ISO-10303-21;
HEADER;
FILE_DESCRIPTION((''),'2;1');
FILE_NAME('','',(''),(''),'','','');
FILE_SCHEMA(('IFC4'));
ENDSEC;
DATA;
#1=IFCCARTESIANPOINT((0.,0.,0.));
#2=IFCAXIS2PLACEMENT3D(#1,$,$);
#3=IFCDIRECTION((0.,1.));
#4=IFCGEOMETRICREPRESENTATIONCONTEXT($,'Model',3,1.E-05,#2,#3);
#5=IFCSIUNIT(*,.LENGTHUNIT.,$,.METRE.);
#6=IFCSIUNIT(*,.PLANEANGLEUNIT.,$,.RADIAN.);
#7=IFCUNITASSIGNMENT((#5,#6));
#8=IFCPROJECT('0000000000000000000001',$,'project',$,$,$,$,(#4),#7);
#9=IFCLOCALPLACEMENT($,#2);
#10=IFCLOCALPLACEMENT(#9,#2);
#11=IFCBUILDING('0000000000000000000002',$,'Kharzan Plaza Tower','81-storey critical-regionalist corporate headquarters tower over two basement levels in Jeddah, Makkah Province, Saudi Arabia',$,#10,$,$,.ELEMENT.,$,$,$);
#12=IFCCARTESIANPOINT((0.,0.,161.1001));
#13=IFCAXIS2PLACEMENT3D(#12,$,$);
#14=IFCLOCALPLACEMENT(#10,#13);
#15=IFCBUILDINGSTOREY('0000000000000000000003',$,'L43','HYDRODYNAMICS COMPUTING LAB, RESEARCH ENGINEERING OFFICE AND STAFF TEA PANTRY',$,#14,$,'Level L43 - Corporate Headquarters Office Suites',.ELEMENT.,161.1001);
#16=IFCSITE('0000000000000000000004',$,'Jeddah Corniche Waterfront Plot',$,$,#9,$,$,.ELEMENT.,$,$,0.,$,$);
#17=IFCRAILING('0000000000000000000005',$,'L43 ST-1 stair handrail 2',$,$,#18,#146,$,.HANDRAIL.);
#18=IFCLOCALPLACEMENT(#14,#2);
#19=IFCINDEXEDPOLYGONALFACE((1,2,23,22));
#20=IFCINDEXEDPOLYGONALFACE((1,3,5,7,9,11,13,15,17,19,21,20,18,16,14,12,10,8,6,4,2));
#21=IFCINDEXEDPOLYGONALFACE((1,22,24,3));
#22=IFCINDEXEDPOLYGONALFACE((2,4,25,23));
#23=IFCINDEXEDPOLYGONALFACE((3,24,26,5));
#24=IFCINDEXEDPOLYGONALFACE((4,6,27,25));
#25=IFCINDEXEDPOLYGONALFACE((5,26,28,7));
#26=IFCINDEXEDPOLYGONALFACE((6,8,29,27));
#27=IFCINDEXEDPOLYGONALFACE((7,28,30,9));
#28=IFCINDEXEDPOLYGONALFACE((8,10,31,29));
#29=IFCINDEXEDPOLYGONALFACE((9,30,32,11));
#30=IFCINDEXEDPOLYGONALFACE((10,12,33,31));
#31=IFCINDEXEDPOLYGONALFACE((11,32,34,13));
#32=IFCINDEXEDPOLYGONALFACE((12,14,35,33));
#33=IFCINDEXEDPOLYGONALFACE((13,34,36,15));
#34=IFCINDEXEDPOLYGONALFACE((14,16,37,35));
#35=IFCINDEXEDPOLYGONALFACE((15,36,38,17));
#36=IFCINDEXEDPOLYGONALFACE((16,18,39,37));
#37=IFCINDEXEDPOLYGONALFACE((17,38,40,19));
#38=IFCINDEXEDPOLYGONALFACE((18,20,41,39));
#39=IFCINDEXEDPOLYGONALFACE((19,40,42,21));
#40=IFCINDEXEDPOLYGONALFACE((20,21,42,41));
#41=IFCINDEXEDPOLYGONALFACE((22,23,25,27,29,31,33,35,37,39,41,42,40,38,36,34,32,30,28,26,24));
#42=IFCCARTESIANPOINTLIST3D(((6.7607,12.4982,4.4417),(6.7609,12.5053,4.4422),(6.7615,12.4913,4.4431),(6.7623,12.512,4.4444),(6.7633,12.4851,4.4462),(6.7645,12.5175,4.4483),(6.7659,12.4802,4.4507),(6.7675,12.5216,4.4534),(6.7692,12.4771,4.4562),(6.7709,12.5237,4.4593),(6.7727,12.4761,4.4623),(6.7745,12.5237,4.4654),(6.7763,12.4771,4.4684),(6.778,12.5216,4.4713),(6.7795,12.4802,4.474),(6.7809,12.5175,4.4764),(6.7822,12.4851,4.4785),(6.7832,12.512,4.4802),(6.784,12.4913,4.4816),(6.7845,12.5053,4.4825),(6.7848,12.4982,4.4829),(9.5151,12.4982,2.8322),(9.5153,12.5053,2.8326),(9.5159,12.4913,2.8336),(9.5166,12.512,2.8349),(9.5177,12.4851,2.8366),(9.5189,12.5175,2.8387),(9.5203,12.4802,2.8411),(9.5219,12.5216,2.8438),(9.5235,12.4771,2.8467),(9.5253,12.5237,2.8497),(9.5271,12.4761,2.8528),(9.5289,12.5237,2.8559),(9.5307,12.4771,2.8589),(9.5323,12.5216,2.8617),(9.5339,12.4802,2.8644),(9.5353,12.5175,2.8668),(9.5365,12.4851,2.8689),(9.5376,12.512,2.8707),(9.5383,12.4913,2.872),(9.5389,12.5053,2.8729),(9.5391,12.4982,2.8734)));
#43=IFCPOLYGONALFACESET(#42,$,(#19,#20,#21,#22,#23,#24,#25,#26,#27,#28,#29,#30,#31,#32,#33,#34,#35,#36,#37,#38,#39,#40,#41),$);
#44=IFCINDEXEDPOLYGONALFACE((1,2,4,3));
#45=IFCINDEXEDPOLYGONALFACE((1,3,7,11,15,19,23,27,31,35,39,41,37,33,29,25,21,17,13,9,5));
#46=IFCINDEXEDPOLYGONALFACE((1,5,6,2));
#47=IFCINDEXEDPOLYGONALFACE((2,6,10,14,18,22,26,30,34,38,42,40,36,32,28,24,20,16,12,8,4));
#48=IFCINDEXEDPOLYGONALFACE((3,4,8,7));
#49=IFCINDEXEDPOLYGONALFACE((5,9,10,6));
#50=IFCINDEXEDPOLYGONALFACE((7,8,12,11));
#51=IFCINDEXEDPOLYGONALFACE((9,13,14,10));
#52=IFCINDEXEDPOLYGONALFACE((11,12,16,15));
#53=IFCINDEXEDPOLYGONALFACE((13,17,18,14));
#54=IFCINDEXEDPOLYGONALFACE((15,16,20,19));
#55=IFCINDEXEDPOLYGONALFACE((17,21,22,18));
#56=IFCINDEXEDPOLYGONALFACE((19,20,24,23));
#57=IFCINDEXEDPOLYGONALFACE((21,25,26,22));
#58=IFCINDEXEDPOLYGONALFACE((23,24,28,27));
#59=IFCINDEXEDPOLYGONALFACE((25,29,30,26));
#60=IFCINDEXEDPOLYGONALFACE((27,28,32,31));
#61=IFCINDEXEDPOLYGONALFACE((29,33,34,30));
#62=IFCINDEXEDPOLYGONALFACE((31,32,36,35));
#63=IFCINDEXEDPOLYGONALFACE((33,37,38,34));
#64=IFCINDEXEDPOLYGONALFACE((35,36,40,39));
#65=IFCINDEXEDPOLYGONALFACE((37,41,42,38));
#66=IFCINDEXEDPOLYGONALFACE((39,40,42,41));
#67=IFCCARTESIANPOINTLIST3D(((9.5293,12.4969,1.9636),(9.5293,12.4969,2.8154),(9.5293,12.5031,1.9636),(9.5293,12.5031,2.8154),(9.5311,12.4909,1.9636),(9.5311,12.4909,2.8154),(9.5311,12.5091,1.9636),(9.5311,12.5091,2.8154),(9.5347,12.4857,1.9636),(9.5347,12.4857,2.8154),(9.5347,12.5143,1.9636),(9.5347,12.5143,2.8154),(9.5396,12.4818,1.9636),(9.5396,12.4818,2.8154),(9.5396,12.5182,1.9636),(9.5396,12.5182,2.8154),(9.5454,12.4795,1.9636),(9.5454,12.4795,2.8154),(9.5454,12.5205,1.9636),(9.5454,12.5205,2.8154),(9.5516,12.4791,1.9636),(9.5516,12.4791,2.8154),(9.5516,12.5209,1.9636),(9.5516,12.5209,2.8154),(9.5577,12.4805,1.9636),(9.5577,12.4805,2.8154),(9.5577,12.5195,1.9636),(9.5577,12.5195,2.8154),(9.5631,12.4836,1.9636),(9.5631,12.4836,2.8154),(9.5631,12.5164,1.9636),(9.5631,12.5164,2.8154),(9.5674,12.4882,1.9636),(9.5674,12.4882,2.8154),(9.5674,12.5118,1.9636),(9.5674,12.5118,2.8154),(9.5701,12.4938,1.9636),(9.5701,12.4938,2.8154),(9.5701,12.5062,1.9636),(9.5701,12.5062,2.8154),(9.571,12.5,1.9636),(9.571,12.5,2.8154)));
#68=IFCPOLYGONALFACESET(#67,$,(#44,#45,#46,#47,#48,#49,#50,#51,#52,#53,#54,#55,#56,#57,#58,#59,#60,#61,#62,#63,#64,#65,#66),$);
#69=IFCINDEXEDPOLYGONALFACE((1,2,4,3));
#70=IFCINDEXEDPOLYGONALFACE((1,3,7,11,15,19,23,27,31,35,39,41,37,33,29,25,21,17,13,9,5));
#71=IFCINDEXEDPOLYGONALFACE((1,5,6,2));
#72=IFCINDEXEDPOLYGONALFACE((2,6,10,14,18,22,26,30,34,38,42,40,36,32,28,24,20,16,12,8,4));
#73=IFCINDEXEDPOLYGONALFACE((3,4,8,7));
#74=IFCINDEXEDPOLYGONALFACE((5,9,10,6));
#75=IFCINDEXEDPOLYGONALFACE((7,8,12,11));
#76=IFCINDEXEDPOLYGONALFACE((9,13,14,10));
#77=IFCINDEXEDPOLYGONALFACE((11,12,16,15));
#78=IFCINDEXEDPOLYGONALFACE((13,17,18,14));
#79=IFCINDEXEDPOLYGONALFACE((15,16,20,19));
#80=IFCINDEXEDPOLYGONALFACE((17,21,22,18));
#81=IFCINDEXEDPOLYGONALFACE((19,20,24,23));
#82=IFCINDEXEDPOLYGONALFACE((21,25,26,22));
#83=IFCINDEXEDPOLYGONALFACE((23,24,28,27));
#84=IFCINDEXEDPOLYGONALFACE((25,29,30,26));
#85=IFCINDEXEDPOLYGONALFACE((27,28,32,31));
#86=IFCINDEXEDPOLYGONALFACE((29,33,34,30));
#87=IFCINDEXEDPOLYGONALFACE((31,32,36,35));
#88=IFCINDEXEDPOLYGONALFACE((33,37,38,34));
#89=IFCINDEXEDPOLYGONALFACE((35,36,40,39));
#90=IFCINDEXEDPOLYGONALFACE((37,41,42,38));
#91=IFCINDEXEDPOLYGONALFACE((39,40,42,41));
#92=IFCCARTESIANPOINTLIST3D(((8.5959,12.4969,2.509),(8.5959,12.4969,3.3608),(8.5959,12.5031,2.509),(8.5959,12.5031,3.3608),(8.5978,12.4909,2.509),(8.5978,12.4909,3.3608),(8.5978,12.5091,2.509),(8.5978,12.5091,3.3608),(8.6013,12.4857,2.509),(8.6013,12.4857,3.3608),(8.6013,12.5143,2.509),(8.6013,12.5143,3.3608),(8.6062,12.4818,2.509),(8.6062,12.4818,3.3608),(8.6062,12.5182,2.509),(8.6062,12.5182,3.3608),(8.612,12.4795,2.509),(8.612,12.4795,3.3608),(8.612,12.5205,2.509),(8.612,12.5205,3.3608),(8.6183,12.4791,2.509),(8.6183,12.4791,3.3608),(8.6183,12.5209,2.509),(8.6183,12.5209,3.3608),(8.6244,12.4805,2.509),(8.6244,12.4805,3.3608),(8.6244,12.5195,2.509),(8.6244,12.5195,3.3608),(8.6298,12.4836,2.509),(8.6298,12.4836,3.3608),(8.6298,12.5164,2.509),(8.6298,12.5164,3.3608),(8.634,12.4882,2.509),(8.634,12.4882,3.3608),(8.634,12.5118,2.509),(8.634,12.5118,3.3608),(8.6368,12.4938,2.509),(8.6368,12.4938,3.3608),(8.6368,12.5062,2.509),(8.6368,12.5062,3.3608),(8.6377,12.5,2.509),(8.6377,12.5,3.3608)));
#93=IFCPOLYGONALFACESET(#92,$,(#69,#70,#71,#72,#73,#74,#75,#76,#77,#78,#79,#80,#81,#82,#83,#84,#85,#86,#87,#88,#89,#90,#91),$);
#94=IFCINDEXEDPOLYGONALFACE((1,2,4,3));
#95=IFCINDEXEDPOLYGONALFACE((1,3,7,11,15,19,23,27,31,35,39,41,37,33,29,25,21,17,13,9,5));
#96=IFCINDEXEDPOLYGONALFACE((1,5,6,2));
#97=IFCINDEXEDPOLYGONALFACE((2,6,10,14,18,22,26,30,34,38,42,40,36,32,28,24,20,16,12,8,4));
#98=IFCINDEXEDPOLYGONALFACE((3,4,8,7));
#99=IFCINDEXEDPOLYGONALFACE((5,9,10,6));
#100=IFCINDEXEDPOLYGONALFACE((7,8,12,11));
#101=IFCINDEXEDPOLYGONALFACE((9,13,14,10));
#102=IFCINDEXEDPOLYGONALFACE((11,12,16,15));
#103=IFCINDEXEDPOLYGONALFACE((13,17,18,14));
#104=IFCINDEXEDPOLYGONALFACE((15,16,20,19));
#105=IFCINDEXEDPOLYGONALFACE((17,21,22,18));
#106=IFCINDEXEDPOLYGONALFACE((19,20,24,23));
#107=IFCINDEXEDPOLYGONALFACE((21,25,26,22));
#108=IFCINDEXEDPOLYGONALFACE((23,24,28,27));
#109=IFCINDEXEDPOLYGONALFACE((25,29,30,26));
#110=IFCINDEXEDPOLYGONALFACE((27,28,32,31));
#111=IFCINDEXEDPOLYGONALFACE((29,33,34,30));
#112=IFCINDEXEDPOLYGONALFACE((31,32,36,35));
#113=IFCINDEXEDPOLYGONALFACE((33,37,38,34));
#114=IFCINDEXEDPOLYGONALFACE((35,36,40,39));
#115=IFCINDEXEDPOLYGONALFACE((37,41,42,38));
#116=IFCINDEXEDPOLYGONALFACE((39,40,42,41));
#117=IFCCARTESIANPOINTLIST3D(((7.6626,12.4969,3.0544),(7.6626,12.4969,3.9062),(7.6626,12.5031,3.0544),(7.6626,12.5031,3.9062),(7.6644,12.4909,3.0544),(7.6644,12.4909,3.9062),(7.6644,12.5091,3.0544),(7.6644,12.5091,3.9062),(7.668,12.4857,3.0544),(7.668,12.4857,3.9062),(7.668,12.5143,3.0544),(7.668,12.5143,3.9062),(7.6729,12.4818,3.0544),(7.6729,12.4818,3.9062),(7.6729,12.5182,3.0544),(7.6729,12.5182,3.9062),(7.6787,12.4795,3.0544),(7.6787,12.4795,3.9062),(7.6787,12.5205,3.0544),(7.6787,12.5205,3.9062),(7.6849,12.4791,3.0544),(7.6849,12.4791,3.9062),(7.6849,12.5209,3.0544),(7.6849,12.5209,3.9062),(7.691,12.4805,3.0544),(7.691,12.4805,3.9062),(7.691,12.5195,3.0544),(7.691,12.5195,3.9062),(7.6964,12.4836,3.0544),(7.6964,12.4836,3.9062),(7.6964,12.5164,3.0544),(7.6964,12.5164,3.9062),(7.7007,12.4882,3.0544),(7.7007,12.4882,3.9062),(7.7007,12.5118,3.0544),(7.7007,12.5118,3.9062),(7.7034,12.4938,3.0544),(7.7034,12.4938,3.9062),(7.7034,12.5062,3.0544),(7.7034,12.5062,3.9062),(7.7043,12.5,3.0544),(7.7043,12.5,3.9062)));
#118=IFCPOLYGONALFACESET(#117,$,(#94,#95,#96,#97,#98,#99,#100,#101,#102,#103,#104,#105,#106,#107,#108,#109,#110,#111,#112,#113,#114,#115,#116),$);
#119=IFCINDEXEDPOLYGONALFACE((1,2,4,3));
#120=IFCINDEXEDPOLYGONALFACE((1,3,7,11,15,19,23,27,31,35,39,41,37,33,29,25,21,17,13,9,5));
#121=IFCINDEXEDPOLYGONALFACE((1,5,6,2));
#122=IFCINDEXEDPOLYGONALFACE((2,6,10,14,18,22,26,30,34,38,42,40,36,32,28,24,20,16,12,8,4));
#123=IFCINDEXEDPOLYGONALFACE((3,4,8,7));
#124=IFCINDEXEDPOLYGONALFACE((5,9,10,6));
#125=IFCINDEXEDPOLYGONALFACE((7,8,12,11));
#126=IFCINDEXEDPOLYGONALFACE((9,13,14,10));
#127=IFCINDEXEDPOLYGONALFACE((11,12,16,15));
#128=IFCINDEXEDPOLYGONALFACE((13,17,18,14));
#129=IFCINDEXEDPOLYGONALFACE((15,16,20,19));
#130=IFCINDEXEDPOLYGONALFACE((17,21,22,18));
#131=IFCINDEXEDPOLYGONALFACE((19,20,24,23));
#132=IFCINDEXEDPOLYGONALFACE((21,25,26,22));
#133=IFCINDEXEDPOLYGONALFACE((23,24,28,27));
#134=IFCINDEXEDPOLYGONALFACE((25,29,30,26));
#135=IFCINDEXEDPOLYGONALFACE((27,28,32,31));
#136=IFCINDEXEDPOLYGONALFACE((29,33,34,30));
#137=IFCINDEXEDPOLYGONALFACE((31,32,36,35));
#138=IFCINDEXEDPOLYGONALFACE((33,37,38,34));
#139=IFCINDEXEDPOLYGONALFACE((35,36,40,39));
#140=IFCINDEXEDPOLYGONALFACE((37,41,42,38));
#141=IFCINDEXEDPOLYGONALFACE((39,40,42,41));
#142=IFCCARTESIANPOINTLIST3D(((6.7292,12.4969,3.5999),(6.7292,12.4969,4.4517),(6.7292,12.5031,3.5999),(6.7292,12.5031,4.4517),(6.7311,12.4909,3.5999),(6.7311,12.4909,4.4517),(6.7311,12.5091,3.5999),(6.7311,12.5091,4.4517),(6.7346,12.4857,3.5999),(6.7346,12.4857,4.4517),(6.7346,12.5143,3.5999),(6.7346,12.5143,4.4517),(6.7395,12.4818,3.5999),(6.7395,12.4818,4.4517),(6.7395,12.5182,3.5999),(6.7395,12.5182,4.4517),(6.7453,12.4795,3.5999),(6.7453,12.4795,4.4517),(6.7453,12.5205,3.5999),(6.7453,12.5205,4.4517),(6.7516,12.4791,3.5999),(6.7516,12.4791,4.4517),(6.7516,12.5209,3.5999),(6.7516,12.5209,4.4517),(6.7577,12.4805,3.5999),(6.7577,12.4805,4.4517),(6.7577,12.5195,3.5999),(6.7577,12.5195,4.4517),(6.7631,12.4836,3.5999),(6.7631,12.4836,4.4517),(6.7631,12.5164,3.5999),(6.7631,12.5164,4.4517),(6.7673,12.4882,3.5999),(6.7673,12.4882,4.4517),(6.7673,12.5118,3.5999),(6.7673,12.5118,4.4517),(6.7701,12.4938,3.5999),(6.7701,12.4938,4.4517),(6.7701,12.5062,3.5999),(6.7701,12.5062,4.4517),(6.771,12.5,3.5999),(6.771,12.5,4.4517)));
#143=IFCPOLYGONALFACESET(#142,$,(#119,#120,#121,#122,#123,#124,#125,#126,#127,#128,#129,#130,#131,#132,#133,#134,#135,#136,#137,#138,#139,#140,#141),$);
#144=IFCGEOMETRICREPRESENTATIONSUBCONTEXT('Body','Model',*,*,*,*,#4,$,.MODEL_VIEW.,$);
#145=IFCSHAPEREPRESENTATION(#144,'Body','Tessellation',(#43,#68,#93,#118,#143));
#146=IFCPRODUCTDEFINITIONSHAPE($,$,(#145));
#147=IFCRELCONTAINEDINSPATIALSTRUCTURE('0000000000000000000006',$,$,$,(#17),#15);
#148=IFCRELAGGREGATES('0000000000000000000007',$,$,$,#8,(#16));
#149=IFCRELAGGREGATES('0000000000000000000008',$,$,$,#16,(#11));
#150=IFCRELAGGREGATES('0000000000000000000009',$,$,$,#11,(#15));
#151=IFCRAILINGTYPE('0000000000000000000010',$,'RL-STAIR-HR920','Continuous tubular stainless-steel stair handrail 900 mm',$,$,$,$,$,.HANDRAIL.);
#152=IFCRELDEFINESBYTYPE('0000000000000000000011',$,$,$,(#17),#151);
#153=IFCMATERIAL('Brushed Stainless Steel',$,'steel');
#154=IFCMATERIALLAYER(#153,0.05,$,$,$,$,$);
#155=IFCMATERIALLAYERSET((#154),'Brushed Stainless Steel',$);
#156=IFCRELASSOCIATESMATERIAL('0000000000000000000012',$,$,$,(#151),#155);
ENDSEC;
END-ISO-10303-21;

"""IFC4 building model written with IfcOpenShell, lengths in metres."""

from ifc_helpers import new_model, si_unit, direction, frame, origin, origin_2d, place, context, subcontext, project, spatial, circle, extrude, source, transform, mapped, material, layer, layer_set, type_object, element, save


model = new_model("IFC4")

# Units and contexts
model_context = context("Model", 3, precision=1e-05, world=origin(), true_north=direction((0.0, 1.0)))
body_context = subcontext(model_context, "Body", "Model", "MODEL_VIEW")
ifc_project = project(units=[si_unit("LENGTHUNIT", "METRE"), si_unit("PLANEANGLEUNIT", "RADIAN")], contexts=[model_context])

# Site, building, storey
site_placement = place(None, origin())
site = spatial("IfcSite", under=ifc_project, at=site_placement, Name="Jeddah Corniche Waterfront Plot", CompositionType="ELEMENT", RefElevation=0.0)
building_placement = place(site_placement, origin())
building = spatial("IfcBuilding", under=site, at=building_placement, Name="Kharzan Plaza Tower", Description="81-storey critical-regionalist corporate headquarters tower over two basement levels in Jeddah, Makkah Province, Saudi Arabia", CompositionType="ELEMENT")
storey_placement = place(building_placement, frame((0.0, 0.0, 161.1001)))
storey = spatial("IfcBuildingStorey", under=building, at=storey_placement, Name="L43", Description="HYDRODYNAMICS COMPUTING LAB, RESEARCH ENGINEERING OFFICE AND STAFF TEA PANTRY", LongName="Level L43 - Corporate Headquarters Office Suites", CompositionType="ELEMENT", Elevation=161.1001)

# Shared definitions
ifc_material_1 = material(Name="Brushed Stainless Steel", Category="steel")

# Railing
ifc_layer_1 = layer(ifc_material_1, 0.05)
ifc_layer_set_1 = layer_set([ifc_layer_1], Name="Brushed Stainless Steel")
railing_type = type_object("IfcRailingType", Name="RL-STAIR-HR920", Description="Continuous tubular stainless-steel stair handrail 900 mm", PredefinedType="HANDRAIL", material=ifc_layer_set_1)
shared_shape_1 = source(origin(), body_context, "Body", "SweptSolid", [
    extrude(circle(Radius=0.0239, at=origin_2d()), frame((-0.0229, 0.0, 0.8892), z_axis=(-0.863394, 0.0, 0.504531), x_axis=(0.0, -1.0, 0.0)), (0.0, 0.0, 1.0), 3.1902),
    extrude(circle(Radius=0.021, at=origin_2d()), origin(), (0.0, 0.0, 1.0), 0.8518),
    extrude(circle(Radius=0.021, at=origin_2d()), frame((-0.9333, 0.0, 0.5454)), (0.0, 0.0, 1.0), 0.8518),
    extrude(circle(Radius=0.021, at=origin_2d()), frame((-1.8667, 0.0, 1.0908)), (0.0, 0.0, 1.0), 0.8518),
    extrude(circle(Radius=0.021, at=origin_2d()), frame((-2.8, 0.0, 1.6362)), (0.0, 0.0, 1.0), 0.8518),
])
railing_placement = place(storey_placement, frame((9.55, 12.5, 1.9636)))
element("IfcRailing", 1, at=railing_placement, inside=storey, type_object=railing_type, Name="L43 ST-1 stair handrail 2", PredefinedType="HANDRAIL", context=body_context, shape_type="MappedRepresentation", body=[
    mapped(shared_shape_1, transform((0.0, 0.0, 0.0), x_axis=(1.0, 0.0, 0.0), y_axis=(0.0, 1.0, 0.0), z_axis=(0.0, 0.0, 1.0))),
])

save(model, "model.ifc")
